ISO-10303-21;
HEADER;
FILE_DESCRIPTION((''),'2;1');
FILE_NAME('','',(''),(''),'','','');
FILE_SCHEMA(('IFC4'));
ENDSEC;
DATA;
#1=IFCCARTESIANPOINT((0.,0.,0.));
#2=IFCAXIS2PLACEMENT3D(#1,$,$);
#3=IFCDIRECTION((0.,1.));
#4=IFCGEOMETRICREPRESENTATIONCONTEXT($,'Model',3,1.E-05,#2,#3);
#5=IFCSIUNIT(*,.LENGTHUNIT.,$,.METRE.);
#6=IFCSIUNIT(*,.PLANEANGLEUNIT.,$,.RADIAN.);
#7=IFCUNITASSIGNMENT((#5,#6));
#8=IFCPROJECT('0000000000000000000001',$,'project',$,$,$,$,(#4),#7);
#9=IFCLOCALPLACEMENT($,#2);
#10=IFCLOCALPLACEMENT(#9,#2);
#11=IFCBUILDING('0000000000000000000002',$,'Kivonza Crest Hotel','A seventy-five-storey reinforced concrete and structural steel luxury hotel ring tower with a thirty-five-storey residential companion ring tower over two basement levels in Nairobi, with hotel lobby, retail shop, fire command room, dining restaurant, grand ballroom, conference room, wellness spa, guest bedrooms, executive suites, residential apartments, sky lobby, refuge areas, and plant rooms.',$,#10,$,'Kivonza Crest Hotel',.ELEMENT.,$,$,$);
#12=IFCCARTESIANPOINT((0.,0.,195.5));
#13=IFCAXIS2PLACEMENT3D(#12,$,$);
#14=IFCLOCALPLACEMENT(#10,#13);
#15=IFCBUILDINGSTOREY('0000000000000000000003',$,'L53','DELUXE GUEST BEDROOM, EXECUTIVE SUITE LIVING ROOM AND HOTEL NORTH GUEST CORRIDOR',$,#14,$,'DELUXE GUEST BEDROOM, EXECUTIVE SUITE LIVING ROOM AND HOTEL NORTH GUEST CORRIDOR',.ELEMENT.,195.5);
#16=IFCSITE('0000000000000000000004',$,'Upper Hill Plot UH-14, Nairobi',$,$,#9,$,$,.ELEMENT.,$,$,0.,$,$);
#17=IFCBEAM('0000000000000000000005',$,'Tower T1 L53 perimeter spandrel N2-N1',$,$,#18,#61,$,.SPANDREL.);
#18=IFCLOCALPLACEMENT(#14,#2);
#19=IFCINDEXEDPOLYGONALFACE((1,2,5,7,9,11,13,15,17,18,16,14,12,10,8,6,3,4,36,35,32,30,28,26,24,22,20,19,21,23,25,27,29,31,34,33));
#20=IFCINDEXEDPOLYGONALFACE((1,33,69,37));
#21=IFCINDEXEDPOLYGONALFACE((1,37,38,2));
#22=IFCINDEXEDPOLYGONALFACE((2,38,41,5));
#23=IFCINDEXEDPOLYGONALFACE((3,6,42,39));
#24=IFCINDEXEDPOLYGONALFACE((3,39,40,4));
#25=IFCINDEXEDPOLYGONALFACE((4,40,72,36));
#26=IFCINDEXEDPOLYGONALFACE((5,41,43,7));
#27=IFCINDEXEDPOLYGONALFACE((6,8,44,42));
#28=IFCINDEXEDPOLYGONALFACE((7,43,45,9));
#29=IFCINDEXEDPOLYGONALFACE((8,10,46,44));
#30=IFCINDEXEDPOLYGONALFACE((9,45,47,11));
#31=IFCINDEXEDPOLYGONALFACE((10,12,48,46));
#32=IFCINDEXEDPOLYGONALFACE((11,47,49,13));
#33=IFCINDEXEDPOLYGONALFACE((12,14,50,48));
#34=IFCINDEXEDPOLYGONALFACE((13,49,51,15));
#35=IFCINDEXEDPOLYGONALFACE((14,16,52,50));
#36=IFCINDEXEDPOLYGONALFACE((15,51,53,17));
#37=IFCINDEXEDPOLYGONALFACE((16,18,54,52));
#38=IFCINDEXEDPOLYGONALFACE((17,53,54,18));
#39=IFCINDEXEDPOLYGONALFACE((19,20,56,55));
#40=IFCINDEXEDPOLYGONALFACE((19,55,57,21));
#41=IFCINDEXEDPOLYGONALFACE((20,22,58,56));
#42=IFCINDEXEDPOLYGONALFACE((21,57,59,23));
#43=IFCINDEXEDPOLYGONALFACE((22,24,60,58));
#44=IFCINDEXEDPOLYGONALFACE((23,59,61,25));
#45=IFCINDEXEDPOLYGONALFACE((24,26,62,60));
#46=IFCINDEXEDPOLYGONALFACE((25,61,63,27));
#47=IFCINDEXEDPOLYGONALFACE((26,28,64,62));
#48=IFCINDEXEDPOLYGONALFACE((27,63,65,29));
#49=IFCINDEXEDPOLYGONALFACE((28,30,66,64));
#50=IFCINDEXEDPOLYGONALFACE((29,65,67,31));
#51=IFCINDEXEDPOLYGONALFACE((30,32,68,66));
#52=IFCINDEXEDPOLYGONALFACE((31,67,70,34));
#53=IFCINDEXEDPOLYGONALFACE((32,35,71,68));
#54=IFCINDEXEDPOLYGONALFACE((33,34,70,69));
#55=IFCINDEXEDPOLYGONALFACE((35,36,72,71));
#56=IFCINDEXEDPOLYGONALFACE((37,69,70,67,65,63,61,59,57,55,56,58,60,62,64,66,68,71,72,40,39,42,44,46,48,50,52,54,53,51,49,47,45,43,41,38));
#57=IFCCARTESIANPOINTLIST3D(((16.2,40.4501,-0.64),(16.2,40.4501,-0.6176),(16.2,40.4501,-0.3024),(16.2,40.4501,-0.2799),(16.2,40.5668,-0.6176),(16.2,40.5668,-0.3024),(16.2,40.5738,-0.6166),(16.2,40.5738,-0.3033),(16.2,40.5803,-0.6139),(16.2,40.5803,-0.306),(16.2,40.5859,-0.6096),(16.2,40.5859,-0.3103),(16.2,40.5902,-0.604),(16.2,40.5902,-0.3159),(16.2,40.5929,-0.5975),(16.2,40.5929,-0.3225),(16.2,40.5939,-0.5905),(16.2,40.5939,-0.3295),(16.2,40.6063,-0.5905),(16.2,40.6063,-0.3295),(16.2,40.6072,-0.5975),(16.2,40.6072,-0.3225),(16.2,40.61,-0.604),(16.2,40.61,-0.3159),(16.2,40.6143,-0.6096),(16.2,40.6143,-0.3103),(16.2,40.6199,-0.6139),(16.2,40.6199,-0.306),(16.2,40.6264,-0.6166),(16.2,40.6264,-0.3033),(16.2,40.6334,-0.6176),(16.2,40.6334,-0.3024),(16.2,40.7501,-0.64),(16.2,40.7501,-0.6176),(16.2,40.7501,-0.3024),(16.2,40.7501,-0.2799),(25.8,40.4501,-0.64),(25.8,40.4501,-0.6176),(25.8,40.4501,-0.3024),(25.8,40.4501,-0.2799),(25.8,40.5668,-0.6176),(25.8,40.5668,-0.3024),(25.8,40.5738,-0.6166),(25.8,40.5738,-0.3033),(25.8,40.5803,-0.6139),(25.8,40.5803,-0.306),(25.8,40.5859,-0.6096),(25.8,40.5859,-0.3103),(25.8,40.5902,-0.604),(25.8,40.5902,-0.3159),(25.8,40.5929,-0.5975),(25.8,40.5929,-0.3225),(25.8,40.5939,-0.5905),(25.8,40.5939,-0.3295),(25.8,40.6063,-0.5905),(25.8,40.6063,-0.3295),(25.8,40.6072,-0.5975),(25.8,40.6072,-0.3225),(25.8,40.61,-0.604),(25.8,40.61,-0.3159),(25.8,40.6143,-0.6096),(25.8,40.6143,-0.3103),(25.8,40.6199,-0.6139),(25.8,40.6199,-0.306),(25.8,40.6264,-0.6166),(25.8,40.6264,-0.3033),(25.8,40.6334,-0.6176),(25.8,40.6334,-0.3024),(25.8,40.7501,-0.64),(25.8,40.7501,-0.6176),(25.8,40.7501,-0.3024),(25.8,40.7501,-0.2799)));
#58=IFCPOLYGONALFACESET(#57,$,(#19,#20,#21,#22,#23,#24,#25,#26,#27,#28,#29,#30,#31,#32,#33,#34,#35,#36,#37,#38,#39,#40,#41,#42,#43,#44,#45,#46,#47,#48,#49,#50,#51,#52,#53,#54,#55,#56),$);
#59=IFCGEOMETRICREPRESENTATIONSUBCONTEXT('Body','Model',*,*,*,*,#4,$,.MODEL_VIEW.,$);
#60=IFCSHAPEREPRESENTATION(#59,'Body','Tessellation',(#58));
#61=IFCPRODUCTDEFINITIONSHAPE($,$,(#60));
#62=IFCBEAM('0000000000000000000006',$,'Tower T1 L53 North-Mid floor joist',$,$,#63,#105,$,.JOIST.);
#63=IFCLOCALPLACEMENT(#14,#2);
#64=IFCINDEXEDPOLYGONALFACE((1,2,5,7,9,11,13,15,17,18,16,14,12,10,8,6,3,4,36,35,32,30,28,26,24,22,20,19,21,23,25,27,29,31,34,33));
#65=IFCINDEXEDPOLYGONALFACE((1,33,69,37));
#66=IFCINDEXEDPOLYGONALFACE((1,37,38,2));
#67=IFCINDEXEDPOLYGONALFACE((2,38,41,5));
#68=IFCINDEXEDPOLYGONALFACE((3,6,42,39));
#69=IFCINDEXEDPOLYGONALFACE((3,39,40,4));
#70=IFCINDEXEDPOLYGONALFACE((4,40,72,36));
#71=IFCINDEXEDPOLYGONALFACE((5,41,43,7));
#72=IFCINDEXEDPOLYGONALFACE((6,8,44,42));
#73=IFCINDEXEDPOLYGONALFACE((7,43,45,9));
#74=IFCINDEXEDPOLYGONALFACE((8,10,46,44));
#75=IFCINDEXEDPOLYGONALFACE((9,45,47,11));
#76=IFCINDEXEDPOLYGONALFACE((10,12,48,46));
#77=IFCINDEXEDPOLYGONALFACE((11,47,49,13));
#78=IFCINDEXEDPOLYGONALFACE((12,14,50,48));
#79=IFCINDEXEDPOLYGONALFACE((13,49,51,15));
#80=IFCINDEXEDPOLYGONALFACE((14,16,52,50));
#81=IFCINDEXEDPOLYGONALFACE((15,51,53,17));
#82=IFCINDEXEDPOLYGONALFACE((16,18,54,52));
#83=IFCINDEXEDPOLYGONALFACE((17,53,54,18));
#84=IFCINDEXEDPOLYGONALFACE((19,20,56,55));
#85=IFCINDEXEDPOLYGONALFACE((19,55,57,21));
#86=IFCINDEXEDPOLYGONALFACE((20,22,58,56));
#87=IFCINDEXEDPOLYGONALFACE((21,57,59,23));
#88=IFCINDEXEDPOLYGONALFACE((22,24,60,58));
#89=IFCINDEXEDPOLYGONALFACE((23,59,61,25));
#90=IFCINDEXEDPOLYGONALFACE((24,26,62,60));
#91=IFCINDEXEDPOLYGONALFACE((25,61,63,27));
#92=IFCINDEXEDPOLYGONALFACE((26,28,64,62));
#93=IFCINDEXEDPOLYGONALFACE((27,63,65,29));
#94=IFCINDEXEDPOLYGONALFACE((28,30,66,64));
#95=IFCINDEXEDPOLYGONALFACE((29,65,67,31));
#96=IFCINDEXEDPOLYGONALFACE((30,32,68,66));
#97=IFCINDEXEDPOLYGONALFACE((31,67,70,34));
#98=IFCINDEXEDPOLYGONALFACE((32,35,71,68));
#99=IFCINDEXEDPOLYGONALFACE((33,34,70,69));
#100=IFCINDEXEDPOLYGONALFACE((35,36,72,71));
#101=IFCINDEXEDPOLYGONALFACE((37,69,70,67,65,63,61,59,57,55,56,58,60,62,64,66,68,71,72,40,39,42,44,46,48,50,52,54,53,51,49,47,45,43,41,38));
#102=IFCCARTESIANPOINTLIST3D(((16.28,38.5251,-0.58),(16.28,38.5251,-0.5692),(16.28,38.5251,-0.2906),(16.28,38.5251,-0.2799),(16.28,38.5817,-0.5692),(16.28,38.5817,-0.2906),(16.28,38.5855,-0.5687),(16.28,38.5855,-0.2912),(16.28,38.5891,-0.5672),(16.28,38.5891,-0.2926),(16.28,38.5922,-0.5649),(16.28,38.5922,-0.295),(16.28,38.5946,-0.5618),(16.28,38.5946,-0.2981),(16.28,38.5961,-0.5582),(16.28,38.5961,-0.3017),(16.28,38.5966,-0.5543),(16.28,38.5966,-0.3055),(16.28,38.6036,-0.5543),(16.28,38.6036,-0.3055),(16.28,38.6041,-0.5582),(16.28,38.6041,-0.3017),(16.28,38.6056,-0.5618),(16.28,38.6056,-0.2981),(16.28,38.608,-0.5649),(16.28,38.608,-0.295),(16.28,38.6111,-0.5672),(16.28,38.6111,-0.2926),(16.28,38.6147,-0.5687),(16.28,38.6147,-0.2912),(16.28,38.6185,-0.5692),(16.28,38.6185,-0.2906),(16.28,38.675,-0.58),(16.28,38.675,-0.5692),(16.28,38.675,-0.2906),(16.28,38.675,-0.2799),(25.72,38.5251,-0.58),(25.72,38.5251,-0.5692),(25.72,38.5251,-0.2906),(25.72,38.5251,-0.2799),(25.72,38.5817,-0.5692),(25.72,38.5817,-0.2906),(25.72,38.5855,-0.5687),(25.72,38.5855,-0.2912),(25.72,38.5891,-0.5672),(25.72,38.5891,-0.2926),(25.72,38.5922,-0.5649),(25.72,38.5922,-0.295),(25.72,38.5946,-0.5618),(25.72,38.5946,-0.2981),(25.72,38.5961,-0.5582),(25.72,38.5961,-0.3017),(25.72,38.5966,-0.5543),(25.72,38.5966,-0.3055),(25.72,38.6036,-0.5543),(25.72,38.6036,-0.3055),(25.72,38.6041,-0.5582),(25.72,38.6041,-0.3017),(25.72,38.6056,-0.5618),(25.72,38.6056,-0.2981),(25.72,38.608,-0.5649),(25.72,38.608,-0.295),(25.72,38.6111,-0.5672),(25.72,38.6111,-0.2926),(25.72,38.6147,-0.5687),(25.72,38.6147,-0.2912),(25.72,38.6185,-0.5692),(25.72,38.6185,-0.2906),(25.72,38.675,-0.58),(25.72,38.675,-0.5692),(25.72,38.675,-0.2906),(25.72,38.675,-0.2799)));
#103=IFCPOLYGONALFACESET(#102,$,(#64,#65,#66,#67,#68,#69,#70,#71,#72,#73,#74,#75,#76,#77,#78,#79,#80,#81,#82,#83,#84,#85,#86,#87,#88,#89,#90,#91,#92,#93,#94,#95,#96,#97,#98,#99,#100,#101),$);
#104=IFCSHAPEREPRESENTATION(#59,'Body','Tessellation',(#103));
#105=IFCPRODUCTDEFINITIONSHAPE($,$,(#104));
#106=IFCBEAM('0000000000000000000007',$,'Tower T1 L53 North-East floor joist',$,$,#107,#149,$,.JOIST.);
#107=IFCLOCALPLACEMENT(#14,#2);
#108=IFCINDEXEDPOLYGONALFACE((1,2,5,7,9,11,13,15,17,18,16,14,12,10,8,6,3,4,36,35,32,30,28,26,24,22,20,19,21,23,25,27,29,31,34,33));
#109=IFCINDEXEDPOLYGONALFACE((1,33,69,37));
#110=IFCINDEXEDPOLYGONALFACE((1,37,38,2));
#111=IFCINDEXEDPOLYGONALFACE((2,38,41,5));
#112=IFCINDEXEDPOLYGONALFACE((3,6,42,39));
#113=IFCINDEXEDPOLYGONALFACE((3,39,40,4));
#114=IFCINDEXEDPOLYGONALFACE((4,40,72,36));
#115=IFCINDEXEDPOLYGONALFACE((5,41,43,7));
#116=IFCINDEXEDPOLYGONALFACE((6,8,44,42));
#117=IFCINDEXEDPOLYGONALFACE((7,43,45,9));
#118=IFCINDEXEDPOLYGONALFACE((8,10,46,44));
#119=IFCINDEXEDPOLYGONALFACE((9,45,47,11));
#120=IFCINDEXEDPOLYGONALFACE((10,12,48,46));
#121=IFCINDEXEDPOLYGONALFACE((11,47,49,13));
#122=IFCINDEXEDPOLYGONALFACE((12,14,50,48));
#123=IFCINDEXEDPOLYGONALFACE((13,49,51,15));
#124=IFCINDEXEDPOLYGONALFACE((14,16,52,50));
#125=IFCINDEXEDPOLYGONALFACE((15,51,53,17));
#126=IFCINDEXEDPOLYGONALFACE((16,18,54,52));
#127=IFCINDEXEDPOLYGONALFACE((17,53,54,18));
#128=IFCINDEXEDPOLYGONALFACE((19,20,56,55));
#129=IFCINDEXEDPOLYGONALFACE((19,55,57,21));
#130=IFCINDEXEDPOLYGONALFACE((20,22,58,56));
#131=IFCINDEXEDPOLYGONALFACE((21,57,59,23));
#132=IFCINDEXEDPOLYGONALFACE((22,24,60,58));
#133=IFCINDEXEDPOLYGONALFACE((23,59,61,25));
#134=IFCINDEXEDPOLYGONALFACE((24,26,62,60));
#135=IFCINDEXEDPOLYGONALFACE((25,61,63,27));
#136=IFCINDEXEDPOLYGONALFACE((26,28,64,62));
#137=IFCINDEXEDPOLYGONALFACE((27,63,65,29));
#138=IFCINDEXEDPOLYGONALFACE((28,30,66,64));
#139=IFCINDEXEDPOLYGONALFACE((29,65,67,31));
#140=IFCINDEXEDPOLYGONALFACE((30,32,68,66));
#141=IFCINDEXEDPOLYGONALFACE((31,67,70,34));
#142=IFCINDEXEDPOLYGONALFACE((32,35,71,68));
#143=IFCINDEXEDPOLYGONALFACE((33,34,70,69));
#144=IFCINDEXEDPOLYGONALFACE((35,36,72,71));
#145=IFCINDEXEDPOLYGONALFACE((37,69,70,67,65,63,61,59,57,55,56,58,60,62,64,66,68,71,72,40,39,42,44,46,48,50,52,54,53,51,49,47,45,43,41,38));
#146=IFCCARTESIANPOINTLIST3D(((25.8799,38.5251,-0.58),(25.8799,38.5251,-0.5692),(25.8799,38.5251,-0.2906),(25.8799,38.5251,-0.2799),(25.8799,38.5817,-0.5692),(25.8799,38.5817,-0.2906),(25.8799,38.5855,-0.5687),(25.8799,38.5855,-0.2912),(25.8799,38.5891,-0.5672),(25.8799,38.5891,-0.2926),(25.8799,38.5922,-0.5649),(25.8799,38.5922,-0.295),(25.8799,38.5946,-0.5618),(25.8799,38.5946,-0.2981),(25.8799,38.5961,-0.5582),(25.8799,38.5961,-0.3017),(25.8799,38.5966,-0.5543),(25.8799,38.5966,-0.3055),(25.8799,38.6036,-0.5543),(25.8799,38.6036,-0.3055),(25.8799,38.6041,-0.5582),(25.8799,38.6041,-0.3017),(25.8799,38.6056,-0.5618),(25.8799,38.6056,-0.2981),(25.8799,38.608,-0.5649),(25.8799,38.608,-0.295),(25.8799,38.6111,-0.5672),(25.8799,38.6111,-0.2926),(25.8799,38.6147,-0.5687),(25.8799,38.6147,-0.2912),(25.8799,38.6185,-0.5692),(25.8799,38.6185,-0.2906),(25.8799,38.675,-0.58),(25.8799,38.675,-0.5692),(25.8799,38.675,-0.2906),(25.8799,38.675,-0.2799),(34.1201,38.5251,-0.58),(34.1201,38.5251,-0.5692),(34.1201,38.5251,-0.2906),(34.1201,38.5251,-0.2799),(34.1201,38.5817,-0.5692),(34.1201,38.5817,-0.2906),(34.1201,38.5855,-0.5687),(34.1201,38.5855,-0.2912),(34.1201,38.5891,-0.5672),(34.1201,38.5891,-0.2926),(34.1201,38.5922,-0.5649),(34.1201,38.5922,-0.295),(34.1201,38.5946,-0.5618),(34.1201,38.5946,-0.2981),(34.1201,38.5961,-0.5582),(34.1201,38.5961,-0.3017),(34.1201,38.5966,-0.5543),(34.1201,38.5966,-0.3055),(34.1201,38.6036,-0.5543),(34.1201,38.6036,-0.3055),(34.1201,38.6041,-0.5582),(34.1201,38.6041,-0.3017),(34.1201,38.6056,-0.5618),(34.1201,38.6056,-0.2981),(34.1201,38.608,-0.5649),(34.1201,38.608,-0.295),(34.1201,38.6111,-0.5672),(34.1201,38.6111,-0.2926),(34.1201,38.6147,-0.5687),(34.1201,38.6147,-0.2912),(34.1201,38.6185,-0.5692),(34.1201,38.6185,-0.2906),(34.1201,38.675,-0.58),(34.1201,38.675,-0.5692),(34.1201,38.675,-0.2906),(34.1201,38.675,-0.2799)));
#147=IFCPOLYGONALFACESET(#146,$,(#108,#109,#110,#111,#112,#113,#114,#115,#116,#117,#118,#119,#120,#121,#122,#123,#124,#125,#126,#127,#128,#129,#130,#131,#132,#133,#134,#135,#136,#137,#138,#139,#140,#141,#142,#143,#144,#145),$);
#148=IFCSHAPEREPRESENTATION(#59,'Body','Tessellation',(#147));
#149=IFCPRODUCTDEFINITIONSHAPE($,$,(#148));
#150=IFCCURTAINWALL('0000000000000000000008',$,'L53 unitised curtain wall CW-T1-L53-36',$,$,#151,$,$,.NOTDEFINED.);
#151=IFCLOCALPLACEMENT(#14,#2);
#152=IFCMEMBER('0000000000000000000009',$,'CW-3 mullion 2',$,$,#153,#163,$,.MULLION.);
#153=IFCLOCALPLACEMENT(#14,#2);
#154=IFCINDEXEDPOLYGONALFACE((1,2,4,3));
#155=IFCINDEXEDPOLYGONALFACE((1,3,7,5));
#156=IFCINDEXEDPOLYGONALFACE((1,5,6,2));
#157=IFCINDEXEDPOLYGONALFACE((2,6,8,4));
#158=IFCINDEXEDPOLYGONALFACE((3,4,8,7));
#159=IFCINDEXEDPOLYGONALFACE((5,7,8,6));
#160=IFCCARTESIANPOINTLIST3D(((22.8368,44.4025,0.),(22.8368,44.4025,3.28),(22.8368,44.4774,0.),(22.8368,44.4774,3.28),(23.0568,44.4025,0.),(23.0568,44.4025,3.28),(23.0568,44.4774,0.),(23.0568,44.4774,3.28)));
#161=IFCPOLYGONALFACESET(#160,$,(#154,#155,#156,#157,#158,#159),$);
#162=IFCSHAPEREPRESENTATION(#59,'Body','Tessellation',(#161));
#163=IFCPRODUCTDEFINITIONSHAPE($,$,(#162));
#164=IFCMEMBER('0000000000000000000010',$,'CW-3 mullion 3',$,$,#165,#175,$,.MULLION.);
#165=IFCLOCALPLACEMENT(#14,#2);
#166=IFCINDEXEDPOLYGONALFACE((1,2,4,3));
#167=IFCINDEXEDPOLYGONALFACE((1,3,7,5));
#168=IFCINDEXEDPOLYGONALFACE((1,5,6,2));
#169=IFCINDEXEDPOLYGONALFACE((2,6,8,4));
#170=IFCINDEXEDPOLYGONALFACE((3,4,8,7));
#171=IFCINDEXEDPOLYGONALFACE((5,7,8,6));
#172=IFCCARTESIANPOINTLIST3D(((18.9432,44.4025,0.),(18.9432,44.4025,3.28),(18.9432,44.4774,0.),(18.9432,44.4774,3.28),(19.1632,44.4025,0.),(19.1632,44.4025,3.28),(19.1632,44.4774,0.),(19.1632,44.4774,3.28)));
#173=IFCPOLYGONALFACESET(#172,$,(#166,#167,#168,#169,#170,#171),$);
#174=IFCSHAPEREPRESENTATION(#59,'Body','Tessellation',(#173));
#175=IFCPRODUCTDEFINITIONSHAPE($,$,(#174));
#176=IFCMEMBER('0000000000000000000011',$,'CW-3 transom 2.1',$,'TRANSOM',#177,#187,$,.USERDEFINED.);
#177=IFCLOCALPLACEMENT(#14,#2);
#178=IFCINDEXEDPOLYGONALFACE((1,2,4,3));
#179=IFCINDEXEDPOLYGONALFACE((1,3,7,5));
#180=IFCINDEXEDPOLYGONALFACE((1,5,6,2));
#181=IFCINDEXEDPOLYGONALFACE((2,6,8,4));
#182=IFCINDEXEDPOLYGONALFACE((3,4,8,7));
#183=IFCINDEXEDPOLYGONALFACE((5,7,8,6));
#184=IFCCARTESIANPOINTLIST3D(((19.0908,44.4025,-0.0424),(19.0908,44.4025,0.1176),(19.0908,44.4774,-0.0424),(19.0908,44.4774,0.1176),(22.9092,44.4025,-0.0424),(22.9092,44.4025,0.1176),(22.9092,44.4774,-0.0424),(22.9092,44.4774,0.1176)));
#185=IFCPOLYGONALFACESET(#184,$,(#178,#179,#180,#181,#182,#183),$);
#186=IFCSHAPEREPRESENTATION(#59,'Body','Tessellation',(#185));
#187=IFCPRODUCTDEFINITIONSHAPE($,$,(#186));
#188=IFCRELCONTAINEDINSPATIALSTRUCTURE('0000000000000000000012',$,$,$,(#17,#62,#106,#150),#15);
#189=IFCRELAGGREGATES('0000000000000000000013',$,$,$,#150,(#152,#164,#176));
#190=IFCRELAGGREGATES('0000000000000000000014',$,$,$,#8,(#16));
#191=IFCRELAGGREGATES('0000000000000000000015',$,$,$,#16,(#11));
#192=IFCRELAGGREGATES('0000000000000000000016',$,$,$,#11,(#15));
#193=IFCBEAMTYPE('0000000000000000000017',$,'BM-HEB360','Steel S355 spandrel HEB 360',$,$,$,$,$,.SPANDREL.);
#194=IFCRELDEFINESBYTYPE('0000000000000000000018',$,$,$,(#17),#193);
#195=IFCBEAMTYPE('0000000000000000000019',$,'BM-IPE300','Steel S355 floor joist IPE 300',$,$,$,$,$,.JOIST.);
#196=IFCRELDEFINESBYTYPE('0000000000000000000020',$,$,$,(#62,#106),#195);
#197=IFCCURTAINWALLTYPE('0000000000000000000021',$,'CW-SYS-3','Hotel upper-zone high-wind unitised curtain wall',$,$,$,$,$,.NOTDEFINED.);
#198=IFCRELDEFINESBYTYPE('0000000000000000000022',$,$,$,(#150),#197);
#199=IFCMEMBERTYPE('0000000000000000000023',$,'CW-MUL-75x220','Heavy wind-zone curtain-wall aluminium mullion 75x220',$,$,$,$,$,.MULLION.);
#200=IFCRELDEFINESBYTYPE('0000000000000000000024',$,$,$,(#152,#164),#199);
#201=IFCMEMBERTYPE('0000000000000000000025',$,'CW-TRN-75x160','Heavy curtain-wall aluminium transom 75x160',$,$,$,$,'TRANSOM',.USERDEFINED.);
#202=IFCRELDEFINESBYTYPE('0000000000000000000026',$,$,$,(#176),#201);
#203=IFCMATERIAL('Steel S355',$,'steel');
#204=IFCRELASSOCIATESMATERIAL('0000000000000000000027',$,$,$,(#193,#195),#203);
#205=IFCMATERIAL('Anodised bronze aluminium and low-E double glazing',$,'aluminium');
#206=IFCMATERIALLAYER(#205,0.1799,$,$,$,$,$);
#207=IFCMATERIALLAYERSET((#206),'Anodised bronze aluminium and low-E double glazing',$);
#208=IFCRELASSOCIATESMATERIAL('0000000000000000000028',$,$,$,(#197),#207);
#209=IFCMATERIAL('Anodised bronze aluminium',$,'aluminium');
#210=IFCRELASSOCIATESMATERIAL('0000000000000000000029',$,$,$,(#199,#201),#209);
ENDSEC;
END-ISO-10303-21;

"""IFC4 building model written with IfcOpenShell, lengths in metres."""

from ifc_helpers import new_model, si_unit, direction, frame, origin, origin_2d, place, context, subcontext, project, spatial, rectangle, i_section, extrude, material, layer, layer_set, material_profile, profile_set, type_object, element, aggregate, save


model = new_model("IFC4")

# Units and contexts
model_context = context("Model", 3, precision=1e-05, world=origin(), true_north=direction((0.0, 1.0)))
body_context = subcontext(model_context, "Body", "Model", "MODEL_VIEW")
ifc_project = project(units=[si_unit("LENGTHUNIT", "METRE"), si_unit("PLANEANGLEUNIT", "RADIAN")], contexts=[model_context])

# Site, building, storey
site_placement = place(None, origin())
site = spatial("IfcSite", under=ifc_project, at=site_placement, Name="Upper Hill Plot UH-14, Nairobi", CompositionType="ELEMENT", RefElevation=0.0)
building_placement = place(site_placement, origin())
building = spatial("IfcBuilding", under=site, at=building_placement, Name="Kivonza Crest Hotel", Description="A seventy-five-storey reinforced concrete and structural steel luxury hotel ring tower with a thirty-five-storey residential companion ring tower over two basement levels in Nairobi, with hotel lobby, retail shop, fire command room, dining restaurant, grand ballroom, conference room, wellness spa, guest bedrooms, executive suites, residential apartments, sky lobby, refuge areas, and plant rooms.", LongName="Kivonza Crest Hotel", CompositionType="ELEMENT")
storey_placement = place(building_placement, frame((0.0, 0.0, 195.5)))
storey = spatial("IfcBuildingStorey", under=building, at=storey_placement, Name="L53", Description="DELUXE GUEST BEDROOM, EXECUTIVE SUITE LIVING ROOM AND HOTEL NORTH GUEST CORRIDOR", LongName="DELUXE GUEST BEDROOM, EXECUTIVE SUITE LIVING ROOM AND HOTEL NORTH GUEST CORRIDOR", CompositionType="ELEMENT", Elevation=195.5)

# Beams
ifc_material_1 = material(Name="Steel S355", Category="steel")
ifc_material_profile_1 = material_profile(ifc_material_1, i_section(OverallWidth=0.3, OverallDepth=0.3601, WebThickness=0.0125, FlangeThickness=0.0225, FilletRadius=0.0271, at=origin_2d()), Name="HEB 360")
ifc_profile_set_1 = profile_set([ifc_material_profile_1], Name="Steel S355")
beam_type_1 = type_object("IfcBeamType", Name="BM-HEB360", Description="Steel S355 spandrel HEB 360", PredefinedType="SPANDREL", material=ifc_profile_set_1)
beam_1_placement = place(storey_placement, frame((25.8, 40.6001, -0.46), z_axis=(-1.0, 0.0, 0.0), x_axis=(0.0, -1.0, 0.0)))
element("IfcBeam", 1, at=beam_1_placement, inside=storey, type_object=beam_type_1, Name="Tower T1 L53 perimeter spandrel N2-N1", PredefinedType="SPANDREL", context=body_context, shape_type="SweptSolid", body=[
    extrude(i_section(OverallWidth=0.3, OverallDepth=0.3601, WebThickness=0.0125, FlangeThickness=0.0225, FilletRadius=0.0271, at=origin_2d()), origin(), (0.0, 0.0, 1.0), 9.6001),
])
ifc_material_profile_2 = material_profile(ifc_material_1, i_section(OverallWidth=0.1499, OverallDepth=0.3, WebThickness=0.0071, FlangeThickness=0.0107, FilletRadius=0.0149, at=origin_2d()), Name="IPE 300")
ifc_profile_set_2 = profile_set([ifc_material_profile_2], Name="Steel S355")
beam_type_2 = type_object("IfcBeamType", Name="BM-IPE300", Description="Steel S355 floor joist IPE 300", PredefinedType="JOIST", material=ifc_profile_set_2)
beam_2_placement = place(storey_placement, frame((16.28, 38.6001, -0.4299), z_axis=(1.0, 0.0, 0.0), x_axis=(0.0, 1.0, 0.0)))
element("IfcBeam", 2, at=beam_2_placement, inside=storey, type_object=beam_type_2, Name="Tower T1 L53 North-Mid floor joist", PredefinedType="JOIST", context=body_context, shape_type="SweptSolid", body=[
    extrude(i_section(OverallWidth=0.1499, OverallDepth=0.3, WebThickness=0.0071, FlangeThickness=0.0107, FilletRadius=0.0149, at=origin_2d()), origin(), (0.0, 0.0, 1.0), 9.4399),
])
beam_3_placement = place(storey_placement, frame((25.8799, 38.6001, -0.4299), z_axis=(1.0, 0.0, 0.0), x_axis=(0.0, 1.0, 0.0)))
element("IfcBeam", 3, at=beam_3_placement, inside=storey, type_object=beam_type_2, Name="Tower T1 L53 North-East floor joist", PredefinedType="JOIST", context=body_context, shape_type="SweptSolid", body=[
    extrude(i_section(OverallWidth=0.1499, OverallDepth=0.3, WebThickness=0.0071, FlangeThickness=0.0107, FilletRadius=0.0149, at=origin_2d()), origin(), (0.0, 0.0, 1.0), 8.2402),
])

# Curtain wall, members
ifc_material_2 = material(Name="Anodised bronze aluminium and low-E double glazing", Category="aluminium")
ifc_layer_1 = layer(ifc_material_2, 0.1799)
ifc_layer_set_1 = layer_set([ifc_layer_1], Name="Anodised bronze aluminium and low-E double glazing")
curtain_wall_type = type_object("IfcCurtainWallType", Name="CW-SYS-3", Description="Hotel upper-zone high-wind unitised curtain wall", PredefinedType="NOTDEFINED", material=ifc_layer_set_1)
curtain_wall_placement = place(storey_placement, origin())
curtain_wall = element("IfcCurtainWall", 4, at=curtain_wall_placement, inside=storey, type_object=curtain_wall_type, Name="L53 unitised curtain wall CW-T1-L53-36", PredefinedType="NOTDEFINED")
ifc_material_3 = material(Name="Anodised bronze aluminium", Category="aluminium")
ifc_material_profile_3 = material_profile(ifc_material_3, rectangle(XDim=0.075, YDim=0.22, at=origin_2d()), Name="CW-M 75x220")
ifc_profile_set_3 = profile_set([ifc_material_profile_3], Name="Anodised bronze aluminium")
member_type_1 = type_object("IfcMemberType", Name="CW-MUL-75x220", Description="Heavy wind-zone curtain-wall aluminium mullion 75x220", PredefinedType="MULLION", material=ifc_profile_set_3)
member_1_placement = place(storey_placement, frame((22.9468, 44.4399, 0.0), z_axis=(0.0, 0.0, 1.0), x_axis=(0.0, -1.0, 0.0)))
member_1 = element("IfcMember", 5, at=member_1_placement, type_object=member_type_1, Name="CW-3 mullion 2", PredefinedType="MULLION", context=body_context, shape_type="SweptSolid", body=[
    extrude(rectangle(XDim=0.075, YDim=0.22, at=origin_2d()), origin(), (0.0, 0.0, 1.0), 3.28),
])
member_2_placement = place(storey_placement, frame((19.0532, 44.4399, 0.0), z_axis=(0.0, 0.0, 1.0), x_axis=(0.0, -1.0, 0.0)))
member_2 = element("IfcMember", 6, at=member_2_placement, type_object=member_type_1, Name="CW-3 mullion 3", PredefinedType="MULLION", context=body_context, shape_type="SweptSolid", body=[
    extrude(rectangle(XDim=0.075, YDim=0.22, at=origin_2d()), origin(), (0.0, 0.0, 1.0), 3.28),
])
ifc_material_profile_4 = material_profile(ifc_material_3, rectangle(XDim=0.075, YDim=0.1599, at=origin_2d()), Name="CW-T 75x160")
ifc_profile_set_4 = profile_set([ifc_material_profile_4], Name="Anodised bronze aluminium")
member_type_2 = type_object("IfcMemberType", Name="CW-TRN-75x160", Description="Heavy curtain-wall aluminium transom 75x160", ElementType="TRANSOM", PredefinedType="USERDEFINED", material=ifc_profile_set_4)
member_3_placement = place(storey_placement, frame((22.9092, 44.4399, 0.0376), z_axis=(-1.0, 0.0, 0.0), x_axis=(0.0, -1.0, 0.0)))
member_3 = element("IfcMember", 7, at=member_3_placement, type_object=member_type_2, Name="CW-3 transom 2.1", ObjectType="TRANSOM", PredefinedType="USERDEFINED", context=body_context, shape_type="SweptSolid", body=[
    extrude(rectangle(XDim=0.075, YDim=0.1599, at=origin_2d()), origin(), (0.0, 0.0, 1.0), 3.8184),
])
aggregate(curtain_wall, [member_1, member_2, member_3])

save(model, "model.ifc")
